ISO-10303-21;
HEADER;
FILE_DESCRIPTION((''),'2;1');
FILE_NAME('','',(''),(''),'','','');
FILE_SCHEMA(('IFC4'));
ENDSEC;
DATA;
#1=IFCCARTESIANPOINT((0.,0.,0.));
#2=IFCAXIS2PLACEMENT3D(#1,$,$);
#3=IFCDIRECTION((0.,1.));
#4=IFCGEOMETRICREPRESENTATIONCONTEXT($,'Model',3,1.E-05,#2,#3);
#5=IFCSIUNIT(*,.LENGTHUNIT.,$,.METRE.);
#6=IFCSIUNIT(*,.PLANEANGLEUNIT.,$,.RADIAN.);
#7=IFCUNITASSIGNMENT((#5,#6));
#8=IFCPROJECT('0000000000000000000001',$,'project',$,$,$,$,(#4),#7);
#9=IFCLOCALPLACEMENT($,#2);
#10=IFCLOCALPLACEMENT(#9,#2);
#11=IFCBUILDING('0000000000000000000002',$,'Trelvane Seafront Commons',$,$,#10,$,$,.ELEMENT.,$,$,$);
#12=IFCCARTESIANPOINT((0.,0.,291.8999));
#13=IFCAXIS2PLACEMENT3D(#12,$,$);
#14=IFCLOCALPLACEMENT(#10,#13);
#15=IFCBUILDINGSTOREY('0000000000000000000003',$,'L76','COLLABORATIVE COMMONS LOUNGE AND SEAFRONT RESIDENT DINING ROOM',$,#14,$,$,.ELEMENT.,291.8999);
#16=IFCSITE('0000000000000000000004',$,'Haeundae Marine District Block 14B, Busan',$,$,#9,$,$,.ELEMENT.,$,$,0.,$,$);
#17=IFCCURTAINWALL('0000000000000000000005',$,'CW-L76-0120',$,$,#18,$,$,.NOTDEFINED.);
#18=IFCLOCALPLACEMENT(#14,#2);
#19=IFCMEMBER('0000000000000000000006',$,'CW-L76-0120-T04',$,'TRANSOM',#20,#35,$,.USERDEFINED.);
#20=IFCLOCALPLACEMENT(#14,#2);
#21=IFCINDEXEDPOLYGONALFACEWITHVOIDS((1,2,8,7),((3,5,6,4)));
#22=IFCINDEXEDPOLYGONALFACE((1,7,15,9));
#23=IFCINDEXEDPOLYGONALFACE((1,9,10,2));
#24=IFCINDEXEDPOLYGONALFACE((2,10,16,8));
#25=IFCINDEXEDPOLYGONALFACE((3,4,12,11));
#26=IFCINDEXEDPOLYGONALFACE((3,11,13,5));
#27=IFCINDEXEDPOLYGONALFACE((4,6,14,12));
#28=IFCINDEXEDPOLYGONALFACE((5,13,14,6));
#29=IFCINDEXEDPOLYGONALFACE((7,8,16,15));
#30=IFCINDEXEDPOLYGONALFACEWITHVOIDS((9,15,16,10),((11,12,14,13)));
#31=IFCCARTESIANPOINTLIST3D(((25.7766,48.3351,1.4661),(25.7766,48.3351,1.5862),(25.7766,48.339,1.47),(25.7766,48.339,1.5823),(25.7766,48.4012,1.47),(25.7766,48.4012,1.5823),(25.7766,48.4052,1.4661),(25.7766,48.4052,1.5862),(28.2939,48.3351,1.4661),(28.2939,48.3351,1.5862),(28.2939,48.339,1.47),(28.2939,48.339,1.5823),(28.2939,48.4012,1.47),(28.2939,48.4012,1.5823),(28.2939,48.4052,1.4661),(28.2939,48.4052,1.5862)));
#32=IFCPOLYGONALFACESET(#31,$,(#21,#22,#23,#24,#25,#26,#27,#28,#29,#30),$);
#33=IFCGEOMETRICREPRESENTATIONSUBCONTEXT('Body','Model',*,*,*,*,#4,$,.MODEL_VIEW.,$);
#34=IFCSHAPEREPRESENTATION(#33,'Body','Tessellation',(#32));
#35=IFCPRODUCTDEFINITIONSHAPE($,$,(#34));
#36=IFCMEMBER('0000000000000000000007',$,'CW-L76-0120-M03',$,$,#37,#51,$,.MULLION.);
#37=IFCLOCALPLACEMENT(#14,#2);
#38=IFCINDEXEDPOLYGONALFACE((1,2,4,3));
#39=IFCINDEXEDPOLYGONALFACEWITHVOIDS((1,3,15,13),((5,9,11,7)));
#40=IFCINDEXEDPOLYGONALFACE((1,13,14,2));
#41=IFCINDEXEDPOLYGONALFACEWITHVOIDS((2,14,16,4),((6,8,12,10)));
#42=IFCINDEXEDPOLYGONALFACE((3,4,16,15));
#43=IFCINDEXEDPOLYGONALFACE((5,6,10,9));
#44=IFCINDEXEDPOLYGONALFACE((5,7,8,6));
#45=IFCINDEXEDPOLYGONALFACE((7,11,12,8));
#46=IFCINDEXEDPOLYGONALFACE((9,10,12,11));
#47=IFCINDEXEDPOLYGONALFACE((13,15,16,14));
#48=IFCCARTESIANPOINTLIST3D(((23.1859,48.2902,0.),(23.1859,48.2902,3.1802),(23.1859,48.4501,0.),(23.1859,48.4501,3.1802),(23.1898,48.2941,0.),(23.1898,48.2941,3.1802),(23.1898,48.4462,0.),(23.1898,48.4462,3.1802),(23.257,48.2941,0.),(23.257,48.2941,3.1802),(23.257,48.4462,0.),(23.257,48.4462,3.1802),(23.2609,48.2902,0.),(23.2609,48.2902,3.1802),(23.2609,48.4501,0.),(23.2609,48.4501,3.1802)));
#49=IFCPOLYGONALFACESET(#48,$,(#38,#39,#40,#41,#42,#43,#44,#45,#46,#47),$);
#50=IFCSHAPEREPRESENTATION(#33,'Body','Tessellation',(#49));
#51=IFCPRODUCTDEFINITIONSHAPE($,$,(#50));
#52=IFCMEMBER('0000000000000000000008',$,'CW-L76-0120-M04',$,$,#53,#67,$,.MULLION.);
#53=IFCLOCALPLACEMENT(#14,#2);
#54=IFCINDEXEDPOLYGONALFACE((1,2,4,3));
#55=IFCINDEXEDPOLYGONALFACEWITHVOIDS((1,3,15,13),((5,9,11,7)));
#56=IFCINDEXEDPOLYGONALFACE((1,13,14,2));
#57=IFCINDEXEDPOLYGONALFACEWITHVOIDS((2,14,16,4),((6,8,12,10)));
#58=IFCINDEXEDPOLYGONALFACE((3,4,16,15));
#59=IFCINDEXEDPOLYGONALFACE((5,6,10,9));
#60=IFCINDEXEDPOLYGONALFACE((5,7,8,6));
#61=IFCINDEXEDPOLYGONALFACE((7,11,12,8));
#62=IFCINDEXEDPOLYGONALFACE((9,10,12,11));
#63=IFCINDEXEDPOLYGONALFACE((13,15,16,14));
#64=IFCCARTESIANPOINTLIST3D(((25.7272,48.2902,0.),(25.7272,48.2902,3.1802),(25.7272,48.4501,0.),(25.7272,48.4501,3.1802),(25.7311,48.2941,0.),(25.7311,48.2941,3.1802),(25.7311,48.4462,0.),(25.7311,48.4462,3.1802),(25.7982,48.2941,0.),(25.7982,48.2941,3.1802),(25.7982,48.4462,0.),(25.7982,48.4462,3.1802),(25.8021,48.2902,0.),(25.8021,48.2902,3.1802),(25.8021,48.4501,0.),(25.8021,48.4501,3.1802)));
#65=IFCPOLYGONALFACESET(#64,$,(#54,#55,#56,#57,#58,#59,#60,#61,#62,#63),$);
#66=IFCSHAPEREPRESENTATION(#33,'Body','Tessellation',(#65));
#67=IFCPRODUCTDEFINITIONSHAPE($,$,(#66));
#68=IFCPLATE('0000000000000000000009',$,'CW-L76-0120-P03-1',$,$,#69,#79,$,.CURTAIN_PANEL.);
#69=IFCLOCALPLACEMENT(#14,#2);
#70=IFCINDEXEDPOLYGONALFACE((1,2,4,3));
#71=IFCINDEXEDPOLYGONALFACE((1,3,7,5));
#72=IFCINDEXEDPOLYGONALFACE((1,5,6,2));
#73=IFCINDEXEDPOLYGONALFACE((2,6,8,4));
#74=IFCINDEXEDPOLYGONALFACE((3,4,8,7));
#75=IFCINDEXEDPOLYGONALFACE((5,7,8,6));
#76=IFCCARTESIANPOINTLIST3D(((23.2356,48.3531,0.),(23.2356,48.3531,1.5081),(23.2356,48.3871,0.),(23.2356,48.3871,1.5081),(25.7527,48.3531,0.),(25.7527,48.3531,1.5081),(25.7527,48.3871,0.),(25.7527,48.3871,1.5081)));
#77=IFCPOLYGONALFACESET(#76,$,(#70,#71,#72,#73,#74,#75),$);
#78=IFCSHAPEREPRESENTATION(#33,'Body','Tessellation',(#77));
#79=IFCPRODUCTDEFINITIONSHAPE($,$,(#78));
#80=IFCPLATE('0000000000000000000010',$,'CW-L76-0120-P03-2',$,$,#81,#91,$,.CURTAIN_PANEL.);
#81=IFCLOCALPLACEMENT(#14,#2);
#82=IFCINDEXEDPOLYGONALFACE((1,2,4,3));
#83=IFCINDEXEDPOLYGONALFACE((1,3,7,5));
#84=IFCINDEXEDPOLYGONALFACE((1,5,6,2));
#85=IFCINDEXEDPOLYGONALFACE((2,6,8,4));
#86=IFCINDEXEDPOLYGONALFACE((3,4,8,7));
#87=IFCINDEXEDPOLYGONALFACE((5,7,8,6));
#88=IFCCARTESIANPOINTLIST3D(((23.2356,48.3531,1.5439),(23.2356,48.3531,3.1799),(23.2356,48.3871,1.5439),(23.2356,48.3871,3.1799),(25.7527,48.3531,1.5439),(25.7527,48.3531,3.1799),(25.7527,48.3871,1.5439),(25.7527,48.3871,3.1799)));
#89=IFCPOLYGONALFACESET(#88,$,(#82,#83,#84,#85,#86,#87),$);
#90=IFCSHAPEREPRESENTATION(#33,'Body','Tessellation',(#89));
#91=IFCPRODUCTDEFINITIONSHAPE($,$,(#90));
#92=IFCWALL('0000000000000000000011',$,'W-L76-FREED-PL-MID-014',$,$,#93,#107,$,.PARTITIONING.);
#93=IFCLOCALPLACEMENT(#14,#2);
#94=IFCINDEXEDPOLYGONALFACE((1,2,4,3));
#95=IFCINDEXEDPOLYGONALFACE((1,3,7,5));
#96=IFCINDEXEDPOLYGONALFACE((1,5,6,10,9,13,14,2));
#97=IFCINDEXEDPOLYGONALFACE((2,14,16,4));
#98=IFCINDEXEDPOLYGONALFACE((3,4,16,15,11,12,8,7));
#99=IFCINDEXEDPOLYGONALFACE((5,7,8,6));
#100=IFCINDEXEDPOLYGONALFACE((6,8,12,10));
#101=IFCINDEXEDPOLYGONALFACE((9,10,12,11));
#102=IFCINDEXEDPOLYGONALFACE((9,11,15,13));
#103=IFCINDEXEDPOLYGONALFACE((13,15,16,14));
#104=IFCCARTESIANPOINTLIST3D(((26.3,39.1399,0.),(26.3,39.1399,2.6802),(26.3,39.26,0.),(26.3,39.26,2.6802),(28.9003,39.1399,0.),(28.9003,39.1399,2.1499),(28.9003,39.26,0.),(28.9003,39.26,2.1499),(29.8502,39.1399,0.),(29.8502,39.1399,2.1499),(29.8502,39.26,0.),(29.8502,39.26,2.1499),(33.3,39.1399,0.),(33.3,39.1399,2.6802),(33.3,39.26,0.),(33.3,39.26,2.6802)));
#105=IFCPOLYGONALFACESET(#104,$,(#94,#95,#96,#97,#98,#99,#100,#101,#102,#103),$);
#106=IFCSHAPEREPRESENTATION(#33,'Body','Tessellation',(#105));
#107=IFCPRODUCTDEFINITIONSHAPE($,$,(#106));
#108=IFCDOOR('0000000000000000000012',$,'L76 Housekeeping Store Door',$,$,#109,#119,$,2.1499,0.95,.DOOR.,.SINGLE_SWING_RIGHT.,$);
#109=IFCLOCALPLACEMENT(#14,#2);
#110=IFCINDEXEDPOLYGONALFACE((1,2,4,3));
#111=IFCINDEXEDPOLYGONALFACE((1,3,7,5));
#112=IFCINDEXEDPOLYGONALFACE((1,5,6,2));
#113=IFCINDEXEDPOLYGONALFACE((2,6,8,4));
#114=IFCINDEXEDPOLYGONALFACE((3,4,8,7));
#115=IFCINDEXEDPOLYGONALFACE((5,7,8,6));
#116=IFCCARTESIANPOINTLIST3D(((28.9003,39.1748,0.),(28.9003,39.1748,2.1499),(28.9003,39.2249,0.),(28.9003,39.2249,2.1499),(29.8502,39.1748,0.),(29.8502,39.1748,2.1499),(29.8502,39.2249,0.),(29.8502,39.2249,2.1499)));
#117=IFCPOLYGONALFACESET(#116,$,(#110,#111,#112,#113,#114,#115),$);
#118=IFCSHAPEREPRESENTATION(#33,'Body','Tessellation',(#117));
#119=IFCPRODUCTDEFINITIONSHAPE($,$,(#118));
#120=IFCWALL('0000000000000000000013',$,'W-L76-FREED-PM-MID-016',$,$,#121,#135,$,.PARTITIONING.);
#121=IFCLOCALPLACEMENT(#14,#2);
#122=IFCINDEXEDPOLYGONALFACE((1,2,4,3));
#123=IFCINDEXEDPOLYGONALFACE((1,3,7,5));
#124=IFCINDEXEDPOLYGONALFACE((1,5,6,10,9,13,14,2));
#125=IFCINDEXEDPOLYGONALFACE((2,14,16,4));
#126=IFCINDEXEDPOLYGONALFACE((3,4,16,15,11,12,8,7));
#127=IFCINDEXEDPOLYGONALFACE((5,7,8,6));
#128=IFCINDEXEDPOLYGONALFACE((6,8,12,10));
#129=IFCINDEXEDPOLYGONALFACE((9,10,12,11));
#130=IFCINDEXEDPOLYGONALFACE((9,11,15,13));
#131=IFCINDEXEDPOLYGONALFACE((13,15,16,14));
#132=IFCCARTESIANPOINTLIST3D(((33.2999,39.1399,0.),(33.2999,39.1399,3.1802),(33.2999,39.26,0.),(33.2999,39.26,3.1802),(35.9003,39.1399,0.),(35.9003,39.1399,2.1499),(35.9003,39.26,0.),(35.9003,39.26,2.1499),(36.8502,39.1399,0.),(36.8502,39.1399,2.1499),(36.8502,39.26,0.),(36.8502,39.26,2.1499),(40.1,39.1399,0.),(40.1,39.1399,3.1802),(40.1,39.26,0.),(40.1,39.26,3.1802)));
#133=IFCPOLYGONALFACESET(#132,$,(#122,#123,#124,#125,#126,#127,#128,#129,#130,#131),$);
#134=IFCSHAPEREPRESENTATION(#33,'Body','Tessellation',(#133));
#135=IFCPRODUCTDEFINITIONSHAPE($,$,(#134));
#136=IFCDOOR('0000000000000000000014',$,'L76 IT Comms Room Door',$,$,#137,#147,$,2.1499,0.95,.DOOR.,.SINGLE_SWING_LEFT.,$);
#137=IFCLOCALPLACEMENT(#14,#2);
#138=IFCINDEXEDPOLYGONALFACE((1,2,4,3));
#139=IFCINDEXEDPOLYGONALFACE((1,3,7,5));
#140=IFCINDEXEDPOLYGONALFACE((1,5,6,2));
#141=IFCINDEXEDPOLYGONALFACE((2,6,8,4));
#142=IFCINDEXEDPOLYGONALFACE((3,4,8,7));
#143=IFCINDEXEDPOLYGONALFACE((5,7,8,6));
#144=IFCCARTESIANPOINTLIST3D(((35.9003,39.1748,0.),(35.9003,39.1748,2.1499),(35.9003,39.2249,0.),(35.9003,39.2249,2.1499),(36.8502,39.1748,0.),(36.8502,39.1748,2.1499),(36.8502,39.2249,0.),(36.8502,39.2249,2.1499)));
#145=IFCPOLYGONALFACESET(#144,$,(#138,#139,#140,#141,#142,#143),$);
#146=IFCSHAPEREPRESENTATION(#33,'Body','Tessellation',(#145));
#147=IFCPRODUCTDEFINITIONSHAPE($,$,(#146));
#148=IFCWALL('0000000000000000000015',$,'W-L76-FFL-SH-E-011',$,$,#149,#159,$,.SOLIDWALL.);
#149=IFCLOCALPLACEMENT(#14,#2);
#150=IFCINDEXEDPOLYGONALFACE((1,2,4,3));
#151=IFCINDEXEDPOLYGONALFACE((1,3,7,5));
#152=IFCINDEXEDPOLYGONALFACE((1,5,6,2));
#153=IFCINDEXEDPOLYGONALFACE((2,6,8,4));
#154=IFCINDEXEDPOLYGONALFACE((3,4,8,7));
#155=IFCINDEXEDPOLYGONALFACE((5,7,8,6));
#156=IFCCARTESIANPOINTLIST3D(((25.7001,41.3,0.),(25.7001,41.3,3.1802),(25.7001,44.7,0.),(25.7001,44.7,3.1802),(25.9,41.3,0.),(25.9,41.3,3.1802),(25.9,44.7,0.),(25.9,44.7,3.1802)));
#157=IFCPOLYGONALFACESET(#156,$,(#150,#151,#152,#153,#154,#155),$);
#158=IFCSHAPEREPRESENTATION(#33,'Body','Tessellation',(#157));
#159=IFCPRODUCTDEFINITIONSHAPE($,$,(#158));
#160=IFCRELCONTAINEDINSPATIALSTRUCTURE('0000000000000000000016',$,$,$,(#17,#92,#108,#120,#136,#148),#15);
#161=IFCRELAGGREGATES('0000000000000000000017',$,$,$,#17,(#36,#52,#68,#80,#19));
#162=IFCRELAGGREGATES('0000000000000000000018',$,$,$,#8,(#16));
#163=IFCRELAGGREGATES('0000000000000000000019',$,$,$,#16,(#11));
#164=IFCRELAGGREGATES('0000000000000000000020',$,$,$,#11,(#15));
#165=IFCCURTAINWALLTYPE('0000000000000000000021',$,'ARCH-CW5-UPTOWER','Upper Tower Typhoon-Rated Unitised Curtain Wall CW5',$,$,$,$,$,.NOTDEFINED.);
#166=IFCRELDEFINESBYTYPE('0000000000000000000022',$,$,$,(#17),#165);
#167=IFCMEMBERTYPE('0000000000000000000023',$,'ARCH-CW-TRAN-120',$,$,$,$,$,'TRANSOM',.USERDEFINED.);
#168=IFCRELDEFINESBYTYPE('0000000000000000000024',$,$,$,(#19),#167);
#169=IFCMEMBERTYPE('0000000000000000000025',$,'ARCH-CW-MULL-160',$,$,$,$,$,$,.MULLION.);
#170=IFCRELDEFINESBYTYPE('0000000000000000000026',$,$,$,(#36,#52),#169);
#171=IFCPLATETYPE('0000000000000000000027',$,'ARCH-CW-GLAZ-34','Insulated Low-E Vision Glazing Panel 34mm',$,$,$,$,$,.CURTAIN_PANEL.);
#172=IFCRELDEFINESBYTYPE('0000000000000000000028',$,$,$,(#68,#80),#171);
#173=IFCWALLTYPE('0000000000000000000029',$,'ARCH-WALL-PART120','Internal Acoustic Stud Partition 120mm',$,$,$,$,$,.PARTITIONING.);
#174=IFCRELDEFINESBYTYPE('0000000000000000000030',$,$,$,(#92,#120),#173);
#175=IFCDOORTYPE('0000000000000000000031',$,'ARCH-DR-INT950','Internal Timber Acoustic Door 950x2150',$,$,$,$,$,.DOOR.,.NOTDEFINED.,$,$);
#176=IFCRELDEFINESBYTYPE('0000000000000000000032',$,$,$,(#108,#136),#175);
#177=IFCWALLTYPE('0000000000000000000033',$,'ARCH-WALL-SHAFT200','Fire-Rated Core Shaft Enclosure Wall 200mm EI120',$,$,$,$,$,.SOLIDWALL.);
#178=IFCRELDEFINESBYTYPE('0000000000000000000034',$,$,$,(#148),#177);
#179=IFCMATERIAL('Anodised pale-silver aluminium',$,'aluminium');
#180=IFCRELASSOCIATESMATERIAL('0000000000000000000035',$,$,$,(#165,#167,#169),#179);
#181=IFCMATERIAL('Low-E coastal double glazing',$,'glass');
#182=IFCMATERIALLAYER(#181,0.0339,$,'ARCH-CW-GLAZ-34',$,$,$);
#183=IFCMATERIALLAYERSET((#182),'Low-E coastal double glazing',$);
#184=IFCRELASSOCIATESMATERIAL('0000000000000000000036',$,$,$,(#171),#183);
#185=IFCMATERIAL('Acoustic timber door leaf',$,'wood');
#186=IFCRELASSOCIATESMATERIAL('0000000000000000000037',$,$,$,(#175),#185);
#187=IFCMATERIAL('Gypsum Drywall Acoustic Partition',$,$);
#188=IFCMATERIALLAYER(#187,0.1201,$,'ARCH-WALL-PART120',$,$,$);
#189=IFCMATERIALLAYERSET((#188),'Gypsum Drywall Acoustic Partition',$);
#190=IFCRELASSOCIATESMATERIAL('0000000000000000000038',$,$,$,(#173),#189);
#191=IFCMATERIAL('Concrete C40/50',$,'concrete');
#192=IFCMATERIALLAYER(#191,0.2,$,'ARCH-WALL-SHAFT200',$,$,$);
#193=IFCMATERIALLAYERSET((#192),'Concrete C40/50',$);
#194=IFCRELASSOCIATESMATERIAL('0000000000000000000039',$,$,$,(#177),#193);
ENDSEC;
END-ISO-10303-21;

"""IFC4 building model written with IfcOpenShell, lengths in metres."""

from ifc_helpers import new_model, si_unit, direction, frame, frame_2d, origin, origin_2d, place, context, subcontext, project, spatial, rectangle, hollow_rectangle, extrude, source, transform, mapped, material, layer, layer_set, material_profile, profile_set, type_object, element, fill, aggregate, save


model = new_model("IFC4")

# Units and contexts
model_context = context("Model", 3, precision=1e-05, world=origin(), true_north=direction((0.0, 1.0)))
body_context = subcontext(model_context, "Body", "Model", "MODEL_VIEW")
ifc_project = project(units=[si_unit("LENGTHUNIT", "METRE"), si_unit("PLANEANGLEUNIT", "RADIAN")], contexts=[model_context])

# Site, building, storey
site_placement = place(None, origin())
site = spatial("IfcSite", under=ifc_project, at=site_placement, Name="Haeundae Marine District Block 14B, Busan", CompositionType="ELEMENT", RefElevation=0.0)
building_placement = place(site_placement, origin())
building = spatial("IfcBuilding", under=site, at=building_placement, Name="Trelvane Seafront Commons", CompositionType="ELEMENT")
storey_placement = place(building_placement, frame((0.0, 0.0, 291.8999)))
storey = spatial("IfcBuildingStorey", under=building, at=storey_placement, Name="L76", Description="COLLABORATIVE COMMONS LOUNGE AND SEAFRONT RESIDENT DINING ROOM", CompositionType="ELEMENT", Elevation=291.8999)

# Curtain wall, members, plates
ifc_material_1 = material(Name="Anodised pale-silver aluminium", Category="aluminium")
curtain_wall_type = type_object("IfcCurtainWallType", Name="ARCH-CW5-UPTOWER", Description="Upper Tower Typhoon-Rated Unitised Curtain Wall CW5", PredefinedType="NOTDEFINED", material=ifc_material_1)
curtain_wall_placement = place(storey_placement, origin())
curtain_wall = element("IfcCurtainWall", 1, at=curtain_wall_placement, inside=storey, type_object=curtain_wall_type, Name="CW-L76-0120", PredefinedType="NOTDEFINED")
ifc_material_profile_1 = material_profile(ifc_material_1, hollow_rectangle(XDim=0.0701, YDim=0.1201, WallThickness=0.0039, at=origin_2d()), Name="TRAN-70x120x4")
ifc_profile_set_1 = profile_set([ifc_material_profile_1], Name="Anodised pale-silver aluminium")
member_type_1 = type_object("IfcMemberType", Name="ARCH-CW-TRAN-120", ElementType="TRANSOM", PredefinedType="USERDEFINED", material=ifc_profile_set_1)
shared_shape_1 = source(origin(), body_context, "Body", "SweptSolid", [
    extrude(hollow_rectangle(XDim=0.0701, YDim=0.1201, WallThickness=0.0039, at=origin_2d()), origin(), (0.0, 0.0, 1.0), 2.5173),
])
member_1_placement = place(storey_placement, frame((25.7766, 48.3701, 1.5261), z_axis=(1.0, 0.0, 0.0), x_axis=(0.0, 1.0, 0.0)))
member_1 = element("IfcMember", 2, at=member_1_placement, type_object=member_type_1, Name="CW-L76-0120-T04", ObjectType="TRANSOM", PredefinedType="USERDEFINED", context=body_context, shape_type="MappedRepresentation", body=[
    mapped(shared_shape_1, transform((0.0, 0.0, 0.0), x_axis=(1.0, 0.0, 0.0), y_axis=(0.0, 1.0, 0.0), z_axis=(0.0, 0.0, 1.0), scale=1.0)),
])
ifc_material_profile_2 = material_profile(ifc_material_1, hollow_rectangle(XDim=0.075, YDim=0.1599, WallThickness=0.0039, at=origin_2d()), Name="MULL-75x160x4")
ifc_profile_set_2 = profile_set([ifc_material_profile_2], Name="Anodised pale-silver aluminium")
member_type_2 = type_object("IfcMemberType", Name="ARCH-CW-MULL-160", PredefinedType="MULLION", material=ifc_profile_set_2)
shared_shape_2 = source(origin(), body_context, "Body", "SweptSolid", [
    extrude(hollow_rectangle(XDim=0.075, YDim=0.1599, WallThickness=0.0039, at=origin_2d()), origin(), (0.0, 0.0, 1.0), 3.1802),
])
member_2_placement = place(storey_placement, frame((23.2234, 48.3701, 0.0), z_axis=(0.0, 0.0, 1.0), x_axis=(1.0, 0.0, 0.0)))
member_2 = element("IfcMember", 3, at=member_2_placement, type_object=member_type_2, Name="CW-L76-0120-M03", PredefinedType="MULLION", context=body_context, shape_type="MappedRepresentation", body=[
    mapped(shared_shape_2, transform((0.0, 0.0, 0.0), x_axis=(1.0, 0.0, 0.0), y_axis=(0.0, 1.0, 0.0), z_axis=(0.0, 0.0, 1.0), scale=1.0)),
])
member_3_placement = place(storey_placement, frame((25.7646, 48.3701, 0.0), z_axis=(0.0, 0.0, 1.0), x_axis=(1.0, 0.0, 0.0)))
member_3 = element("IfcMember", 4, at=member_3_placement, type_object=member_type_2, Name="CW-L76-0120-M04", PredefinedType="MULLION", context=body_context, shape_type="MappedRepresentation", body=[
    mapped(shared_shape_2, transform((0.0, 0.0, 0.0), x_axis=(1.0, 0.0, 0.0), y_axis=(0.0, 1.0, 0.0), z_axis=(0.0, 0.0, 1.0), scale=1.0)),
])
ifc_material_2 = material(Name="Low-E coastal double glazing", Category="glass")
ifc_layer_1 = layer(ifc_material_2, 0.0339, Name="ARCH-CW-GLAZ-34")
ifc_layer_set_1 = layer_set([ifc_layer_1], Name="Low-E coastal double glazing")
plate_type = type_object("IfcPlateType", Name="ARCH-CW-GLAZ-34", Description="Insulated Low-E Vision Glazing Panel 34mm", PredefinedType="CURTAIN_PANEL", material=ifc_layer_set_1)
shared_shape_3 = source(origin(), body_context, "Body", "SweptSolid", [
    extrude(rectangle(XDim=2.5171, YDim=0.0339, at=origin_2d()), origin(), (0.0, 0.0, 1.0), 1.5081),
])
plate_1_placement = place(storey_placement, frame((24.4941, 48.3701, 0.0), z_axis=(0.0, 0.0, 1.0), x_axis=(1.0, 0.0, 0.0)))
plate_1 = element("IfcPlate", 5, at=plate_1_placement, type_object=plate_type, Name="CW-L76-0120-P03-1", PredefinedType="CURTAIN_PANEL", context=body_context, shape_type="MappedRepresentation", body=[
    mapped(shared_shape_3, transform((0.0, 0.0, 0.0), x_axis=(1.0, 0.0, 0.0), y_axis=(0.0, 1.0, 0.0), z_axis=(0.0, 0.0, 1.0), scale=1.0)),
])
shared_shape_4 = source(origin(), body_context, "Body", "SweptSolid", [
    extrude(rectangle(XDim=2.5171, YDim=0.0339, at=origin_2d()), origin(), (0.0, 0.0, 1.0), 1.636),
])
plate_2_placement = place(storey_placement, frame((24.4941, 48.3701, 1.5439), z_axis=(0.0, 0.0, 1.0), x_axis=(1.0, 0.0, 0.0)))
plate_2 = element("IfcPlate", 6, at=plate_2_placement, type_object=plate_type, Name="CW-L76-0120-P03-2", PredefinedType="CURTAIN_PANEL", context=body_context, shape_type="MappedRepresentation", body=[
    mapped(shared_shape_4, transform((0.0, 0.0, 0.0), x_axis=(1.0, 0.0, 0.0), y_axis=(0.0, 1.0, 0.0), z_axis=(0.0, 0.0, 1.0), scale=1.0)),
])
aggregate(curtain_wall, [member_2, member_3, plate_1, plate_2, member_1])

# Walls, openings, doors
ifc_material_3 = material(Name="Concrete C40/50", Category="concrete")
ifc_material_4 = material(Name="Acoustic timber door leaf", Category="wood")
door_type_1 = type_object("IfcDoorType", Name="ARCH-DR-INT950", Description="Internal Timber Acoustic Door 950x2150", OperationType="NOTDEFINED", PredefinedType="DOOR", material=ifc_material_4)
shared_shape_5 = source(origin(), body_context, "Body", "SweptSolid", [
    extrude(rectangle(XDim=0.95, YDim=2.1499, at=frame_2d((0.4751, 1.075))), frame((0.0, 0.0249, 0.0), z_axis=(0.0, -1.0, 0.0), x_axis=(1.0, 0.0, 0.0)), (0.0, 0.0, 1.0), 0.05),
])
ifc_material_5 = material(Name="Gypsum Drywall Acoustic Partition")
ifc_layer_2 = layer(ifc_material_5, 0.1201, Name="ARCH-WALL-PART120")
ifc_layer_set_2 = layer_set([ifc_layer_2], Name="Gypsum Drywall Acoustic Partition")
wall_type_1 = type_object("IfcWallType", Name="ARCH-WALL-PART120", Description="Internal Acoustic Stud Partition 120mm", PredefinedType="PARTITIONING", material=ifc_layer_set_2)
wall_1_placement = place(storey_placement, frame((26.3, 39.2, 0.0), z_axis=(0.0, 0.0, 1.0), x_axis=(1.0, 0.0, 0.0)))
wall_1 = element("IfcWall", 7, at=wall_1_placement, inside=storey, type_object=wall_type_1, Name="W-L76-FREED-PL-MID-014", PredefinedType="PARTITIONING", context=body_context, shape_type="SweptSolid", body=[
    extrude(rectangle(XDim=7.0, YDim=0.1201, at=frame_2d((3.5, 0.0))), origin(), (0.0, 0.0, 1.0), 2.6802),
])
opening_1_placement = place(wall_1_placement, frame((2.6001, 0.0, 0.0)))
opening_1 = element("IfcOpeningElement", 8, at=opening_1_placement, cuts=wall_1, PredefinedType="OPENING", context=body_context, shape_type="SweptSolid", body=[
    extrude(rectangle(XDim=0.95, YDim=2.1499, at=frame_2d((0.4751, 1.075))), frame((0.0, 0.0701, 0.0), z_axis=(0.0, -1.0, 0.0), x_axis=(1.0, 0.0, 0.0)), (0.0, 0.0, 1.0), 0.1401),
])
door_1_placement = place(opening_1_placement, origin())
door_1 = element("IfcDoor", 9, at=door_1_placement, inside=storey, type_object=door_type_1, Name="L76 Housekeeping Store Door", OperationType="SINGLE_SWING_RIGHT", OverallHeight=2.1499, OverallWidth=0.95, PredefinedType="DOOR", context=body_context, shape_type="MappedRepresentation", body=[
    mapped(shared_shape_5, transform((0.0, 0.0, 0.0), x_axis=(1.0, 0.0, 0.0), y_axis=(0.0, 1.0, 0.0), z_axis=(0.0, 0.0, 1.0), scale=1.0)),
])
fill(opening_1, door_1)
wall_2_placement = place(storey_placement, frame((33.3, 39.2, 0.0), z_axis=(0.0, 0.0, 1.0), x_axis=(1.0, 0.0, 0.0)))
wall_2 = element("IfcWall", 10, at=wall_2_placement, inside=storey, type_object=wall_type_1, Name="W-L76-FREED-PM-MID-016", PredefinedType="PARTITIONING", context=body_context, shape_type="SweptSolid", body=[
    extrude(rectangle(XDim=6.8, YDim=0.1201, at=frame_2d((3.3999, 0.0))), origin(), (0.0, 0.0, 1.0), 3.1802),
])
opening_2_placement = place(wall_2_placement, frame((2.6001, 0.0, 0.0)))
opening_2 = element("IfcOpeningElement", 11, at=opening_2_placement, cuts=wall_2, PredefinedType="OPENING", context=body_context, shape_type="SweptSolid", body=[
    extrude(rectangle(XDim=0.95, YDim=2.1499, at=frame_2d((0.4751, 1.075))), frame((0.0, 0.0701, 0.0), z_axis=(0.0, -1.0, 0.0), x_axis=(1.0, 0.0, 0.0)), (0.0, 0.0, 1.0), 0.1401),
])
door_2_placement = place(opening_2_placement, origin())
door_2 = element("IfcDoor", 12, at=door_2_placement, inside=storey, type_object=door_type_1, Name="L76 IT Comms Room Door", OperationType="SINGLE_SWING_LEFT", OverallHeight=2.1499, OverallWidth=0.95, PredefinedType="DOOR", context=body_context, shape_type="MappedRepresentation", body=[
    mapped(shared_shape_5, transform((0.0, 0.0, 0.0), x_axis=(1.0, 0.0, 0.0), y_axis=(0.0, 1.0, 0.0), z_axis=(0.0, 0.0, 1.0), scale=1.0)),
])
fill(opening_2, door_2)

# Wall
ifc_layer_3 = layer(ifc_material_3, 0.2, Name="ARCH-WALL-SHAFT200")
ifc_layer_set_3 = layer_set([ifc_layer_3], Name="Concrete C40/50")
wall_type_2 = type_object("IfcWallType", Name="ARCH-WALL-SHAFT200", Description="Fire-Rated Core Shaft Enclosure Wall 200mm EI120", PredefinedType="SOLIDWALL", material=ifc_layer_set_3)
wall_3_placement = place(storey_placement, frame((25.8, 41.3, 0.0), z_axis=(0.0, 0.0, 1.0), x_axis=(0.0, 1.0, 0.0)))
element("IfcWall", 13, at=wall_3_placement, inside=storey, type_object=wall_type_2, Name="W-L76-FFL-SH-E-011", PredefinedType="SOLIDWALL", context=body_context, shape_type="SweptSolid", body=[
    extrude(rectangle(XDim=3.3999, YDim=0.2, at=frame_2d((1.7, 0.0))), origin(), (0.0, 0.0, 1.0), 3.1802),
])

save(model, "model.ifc")
